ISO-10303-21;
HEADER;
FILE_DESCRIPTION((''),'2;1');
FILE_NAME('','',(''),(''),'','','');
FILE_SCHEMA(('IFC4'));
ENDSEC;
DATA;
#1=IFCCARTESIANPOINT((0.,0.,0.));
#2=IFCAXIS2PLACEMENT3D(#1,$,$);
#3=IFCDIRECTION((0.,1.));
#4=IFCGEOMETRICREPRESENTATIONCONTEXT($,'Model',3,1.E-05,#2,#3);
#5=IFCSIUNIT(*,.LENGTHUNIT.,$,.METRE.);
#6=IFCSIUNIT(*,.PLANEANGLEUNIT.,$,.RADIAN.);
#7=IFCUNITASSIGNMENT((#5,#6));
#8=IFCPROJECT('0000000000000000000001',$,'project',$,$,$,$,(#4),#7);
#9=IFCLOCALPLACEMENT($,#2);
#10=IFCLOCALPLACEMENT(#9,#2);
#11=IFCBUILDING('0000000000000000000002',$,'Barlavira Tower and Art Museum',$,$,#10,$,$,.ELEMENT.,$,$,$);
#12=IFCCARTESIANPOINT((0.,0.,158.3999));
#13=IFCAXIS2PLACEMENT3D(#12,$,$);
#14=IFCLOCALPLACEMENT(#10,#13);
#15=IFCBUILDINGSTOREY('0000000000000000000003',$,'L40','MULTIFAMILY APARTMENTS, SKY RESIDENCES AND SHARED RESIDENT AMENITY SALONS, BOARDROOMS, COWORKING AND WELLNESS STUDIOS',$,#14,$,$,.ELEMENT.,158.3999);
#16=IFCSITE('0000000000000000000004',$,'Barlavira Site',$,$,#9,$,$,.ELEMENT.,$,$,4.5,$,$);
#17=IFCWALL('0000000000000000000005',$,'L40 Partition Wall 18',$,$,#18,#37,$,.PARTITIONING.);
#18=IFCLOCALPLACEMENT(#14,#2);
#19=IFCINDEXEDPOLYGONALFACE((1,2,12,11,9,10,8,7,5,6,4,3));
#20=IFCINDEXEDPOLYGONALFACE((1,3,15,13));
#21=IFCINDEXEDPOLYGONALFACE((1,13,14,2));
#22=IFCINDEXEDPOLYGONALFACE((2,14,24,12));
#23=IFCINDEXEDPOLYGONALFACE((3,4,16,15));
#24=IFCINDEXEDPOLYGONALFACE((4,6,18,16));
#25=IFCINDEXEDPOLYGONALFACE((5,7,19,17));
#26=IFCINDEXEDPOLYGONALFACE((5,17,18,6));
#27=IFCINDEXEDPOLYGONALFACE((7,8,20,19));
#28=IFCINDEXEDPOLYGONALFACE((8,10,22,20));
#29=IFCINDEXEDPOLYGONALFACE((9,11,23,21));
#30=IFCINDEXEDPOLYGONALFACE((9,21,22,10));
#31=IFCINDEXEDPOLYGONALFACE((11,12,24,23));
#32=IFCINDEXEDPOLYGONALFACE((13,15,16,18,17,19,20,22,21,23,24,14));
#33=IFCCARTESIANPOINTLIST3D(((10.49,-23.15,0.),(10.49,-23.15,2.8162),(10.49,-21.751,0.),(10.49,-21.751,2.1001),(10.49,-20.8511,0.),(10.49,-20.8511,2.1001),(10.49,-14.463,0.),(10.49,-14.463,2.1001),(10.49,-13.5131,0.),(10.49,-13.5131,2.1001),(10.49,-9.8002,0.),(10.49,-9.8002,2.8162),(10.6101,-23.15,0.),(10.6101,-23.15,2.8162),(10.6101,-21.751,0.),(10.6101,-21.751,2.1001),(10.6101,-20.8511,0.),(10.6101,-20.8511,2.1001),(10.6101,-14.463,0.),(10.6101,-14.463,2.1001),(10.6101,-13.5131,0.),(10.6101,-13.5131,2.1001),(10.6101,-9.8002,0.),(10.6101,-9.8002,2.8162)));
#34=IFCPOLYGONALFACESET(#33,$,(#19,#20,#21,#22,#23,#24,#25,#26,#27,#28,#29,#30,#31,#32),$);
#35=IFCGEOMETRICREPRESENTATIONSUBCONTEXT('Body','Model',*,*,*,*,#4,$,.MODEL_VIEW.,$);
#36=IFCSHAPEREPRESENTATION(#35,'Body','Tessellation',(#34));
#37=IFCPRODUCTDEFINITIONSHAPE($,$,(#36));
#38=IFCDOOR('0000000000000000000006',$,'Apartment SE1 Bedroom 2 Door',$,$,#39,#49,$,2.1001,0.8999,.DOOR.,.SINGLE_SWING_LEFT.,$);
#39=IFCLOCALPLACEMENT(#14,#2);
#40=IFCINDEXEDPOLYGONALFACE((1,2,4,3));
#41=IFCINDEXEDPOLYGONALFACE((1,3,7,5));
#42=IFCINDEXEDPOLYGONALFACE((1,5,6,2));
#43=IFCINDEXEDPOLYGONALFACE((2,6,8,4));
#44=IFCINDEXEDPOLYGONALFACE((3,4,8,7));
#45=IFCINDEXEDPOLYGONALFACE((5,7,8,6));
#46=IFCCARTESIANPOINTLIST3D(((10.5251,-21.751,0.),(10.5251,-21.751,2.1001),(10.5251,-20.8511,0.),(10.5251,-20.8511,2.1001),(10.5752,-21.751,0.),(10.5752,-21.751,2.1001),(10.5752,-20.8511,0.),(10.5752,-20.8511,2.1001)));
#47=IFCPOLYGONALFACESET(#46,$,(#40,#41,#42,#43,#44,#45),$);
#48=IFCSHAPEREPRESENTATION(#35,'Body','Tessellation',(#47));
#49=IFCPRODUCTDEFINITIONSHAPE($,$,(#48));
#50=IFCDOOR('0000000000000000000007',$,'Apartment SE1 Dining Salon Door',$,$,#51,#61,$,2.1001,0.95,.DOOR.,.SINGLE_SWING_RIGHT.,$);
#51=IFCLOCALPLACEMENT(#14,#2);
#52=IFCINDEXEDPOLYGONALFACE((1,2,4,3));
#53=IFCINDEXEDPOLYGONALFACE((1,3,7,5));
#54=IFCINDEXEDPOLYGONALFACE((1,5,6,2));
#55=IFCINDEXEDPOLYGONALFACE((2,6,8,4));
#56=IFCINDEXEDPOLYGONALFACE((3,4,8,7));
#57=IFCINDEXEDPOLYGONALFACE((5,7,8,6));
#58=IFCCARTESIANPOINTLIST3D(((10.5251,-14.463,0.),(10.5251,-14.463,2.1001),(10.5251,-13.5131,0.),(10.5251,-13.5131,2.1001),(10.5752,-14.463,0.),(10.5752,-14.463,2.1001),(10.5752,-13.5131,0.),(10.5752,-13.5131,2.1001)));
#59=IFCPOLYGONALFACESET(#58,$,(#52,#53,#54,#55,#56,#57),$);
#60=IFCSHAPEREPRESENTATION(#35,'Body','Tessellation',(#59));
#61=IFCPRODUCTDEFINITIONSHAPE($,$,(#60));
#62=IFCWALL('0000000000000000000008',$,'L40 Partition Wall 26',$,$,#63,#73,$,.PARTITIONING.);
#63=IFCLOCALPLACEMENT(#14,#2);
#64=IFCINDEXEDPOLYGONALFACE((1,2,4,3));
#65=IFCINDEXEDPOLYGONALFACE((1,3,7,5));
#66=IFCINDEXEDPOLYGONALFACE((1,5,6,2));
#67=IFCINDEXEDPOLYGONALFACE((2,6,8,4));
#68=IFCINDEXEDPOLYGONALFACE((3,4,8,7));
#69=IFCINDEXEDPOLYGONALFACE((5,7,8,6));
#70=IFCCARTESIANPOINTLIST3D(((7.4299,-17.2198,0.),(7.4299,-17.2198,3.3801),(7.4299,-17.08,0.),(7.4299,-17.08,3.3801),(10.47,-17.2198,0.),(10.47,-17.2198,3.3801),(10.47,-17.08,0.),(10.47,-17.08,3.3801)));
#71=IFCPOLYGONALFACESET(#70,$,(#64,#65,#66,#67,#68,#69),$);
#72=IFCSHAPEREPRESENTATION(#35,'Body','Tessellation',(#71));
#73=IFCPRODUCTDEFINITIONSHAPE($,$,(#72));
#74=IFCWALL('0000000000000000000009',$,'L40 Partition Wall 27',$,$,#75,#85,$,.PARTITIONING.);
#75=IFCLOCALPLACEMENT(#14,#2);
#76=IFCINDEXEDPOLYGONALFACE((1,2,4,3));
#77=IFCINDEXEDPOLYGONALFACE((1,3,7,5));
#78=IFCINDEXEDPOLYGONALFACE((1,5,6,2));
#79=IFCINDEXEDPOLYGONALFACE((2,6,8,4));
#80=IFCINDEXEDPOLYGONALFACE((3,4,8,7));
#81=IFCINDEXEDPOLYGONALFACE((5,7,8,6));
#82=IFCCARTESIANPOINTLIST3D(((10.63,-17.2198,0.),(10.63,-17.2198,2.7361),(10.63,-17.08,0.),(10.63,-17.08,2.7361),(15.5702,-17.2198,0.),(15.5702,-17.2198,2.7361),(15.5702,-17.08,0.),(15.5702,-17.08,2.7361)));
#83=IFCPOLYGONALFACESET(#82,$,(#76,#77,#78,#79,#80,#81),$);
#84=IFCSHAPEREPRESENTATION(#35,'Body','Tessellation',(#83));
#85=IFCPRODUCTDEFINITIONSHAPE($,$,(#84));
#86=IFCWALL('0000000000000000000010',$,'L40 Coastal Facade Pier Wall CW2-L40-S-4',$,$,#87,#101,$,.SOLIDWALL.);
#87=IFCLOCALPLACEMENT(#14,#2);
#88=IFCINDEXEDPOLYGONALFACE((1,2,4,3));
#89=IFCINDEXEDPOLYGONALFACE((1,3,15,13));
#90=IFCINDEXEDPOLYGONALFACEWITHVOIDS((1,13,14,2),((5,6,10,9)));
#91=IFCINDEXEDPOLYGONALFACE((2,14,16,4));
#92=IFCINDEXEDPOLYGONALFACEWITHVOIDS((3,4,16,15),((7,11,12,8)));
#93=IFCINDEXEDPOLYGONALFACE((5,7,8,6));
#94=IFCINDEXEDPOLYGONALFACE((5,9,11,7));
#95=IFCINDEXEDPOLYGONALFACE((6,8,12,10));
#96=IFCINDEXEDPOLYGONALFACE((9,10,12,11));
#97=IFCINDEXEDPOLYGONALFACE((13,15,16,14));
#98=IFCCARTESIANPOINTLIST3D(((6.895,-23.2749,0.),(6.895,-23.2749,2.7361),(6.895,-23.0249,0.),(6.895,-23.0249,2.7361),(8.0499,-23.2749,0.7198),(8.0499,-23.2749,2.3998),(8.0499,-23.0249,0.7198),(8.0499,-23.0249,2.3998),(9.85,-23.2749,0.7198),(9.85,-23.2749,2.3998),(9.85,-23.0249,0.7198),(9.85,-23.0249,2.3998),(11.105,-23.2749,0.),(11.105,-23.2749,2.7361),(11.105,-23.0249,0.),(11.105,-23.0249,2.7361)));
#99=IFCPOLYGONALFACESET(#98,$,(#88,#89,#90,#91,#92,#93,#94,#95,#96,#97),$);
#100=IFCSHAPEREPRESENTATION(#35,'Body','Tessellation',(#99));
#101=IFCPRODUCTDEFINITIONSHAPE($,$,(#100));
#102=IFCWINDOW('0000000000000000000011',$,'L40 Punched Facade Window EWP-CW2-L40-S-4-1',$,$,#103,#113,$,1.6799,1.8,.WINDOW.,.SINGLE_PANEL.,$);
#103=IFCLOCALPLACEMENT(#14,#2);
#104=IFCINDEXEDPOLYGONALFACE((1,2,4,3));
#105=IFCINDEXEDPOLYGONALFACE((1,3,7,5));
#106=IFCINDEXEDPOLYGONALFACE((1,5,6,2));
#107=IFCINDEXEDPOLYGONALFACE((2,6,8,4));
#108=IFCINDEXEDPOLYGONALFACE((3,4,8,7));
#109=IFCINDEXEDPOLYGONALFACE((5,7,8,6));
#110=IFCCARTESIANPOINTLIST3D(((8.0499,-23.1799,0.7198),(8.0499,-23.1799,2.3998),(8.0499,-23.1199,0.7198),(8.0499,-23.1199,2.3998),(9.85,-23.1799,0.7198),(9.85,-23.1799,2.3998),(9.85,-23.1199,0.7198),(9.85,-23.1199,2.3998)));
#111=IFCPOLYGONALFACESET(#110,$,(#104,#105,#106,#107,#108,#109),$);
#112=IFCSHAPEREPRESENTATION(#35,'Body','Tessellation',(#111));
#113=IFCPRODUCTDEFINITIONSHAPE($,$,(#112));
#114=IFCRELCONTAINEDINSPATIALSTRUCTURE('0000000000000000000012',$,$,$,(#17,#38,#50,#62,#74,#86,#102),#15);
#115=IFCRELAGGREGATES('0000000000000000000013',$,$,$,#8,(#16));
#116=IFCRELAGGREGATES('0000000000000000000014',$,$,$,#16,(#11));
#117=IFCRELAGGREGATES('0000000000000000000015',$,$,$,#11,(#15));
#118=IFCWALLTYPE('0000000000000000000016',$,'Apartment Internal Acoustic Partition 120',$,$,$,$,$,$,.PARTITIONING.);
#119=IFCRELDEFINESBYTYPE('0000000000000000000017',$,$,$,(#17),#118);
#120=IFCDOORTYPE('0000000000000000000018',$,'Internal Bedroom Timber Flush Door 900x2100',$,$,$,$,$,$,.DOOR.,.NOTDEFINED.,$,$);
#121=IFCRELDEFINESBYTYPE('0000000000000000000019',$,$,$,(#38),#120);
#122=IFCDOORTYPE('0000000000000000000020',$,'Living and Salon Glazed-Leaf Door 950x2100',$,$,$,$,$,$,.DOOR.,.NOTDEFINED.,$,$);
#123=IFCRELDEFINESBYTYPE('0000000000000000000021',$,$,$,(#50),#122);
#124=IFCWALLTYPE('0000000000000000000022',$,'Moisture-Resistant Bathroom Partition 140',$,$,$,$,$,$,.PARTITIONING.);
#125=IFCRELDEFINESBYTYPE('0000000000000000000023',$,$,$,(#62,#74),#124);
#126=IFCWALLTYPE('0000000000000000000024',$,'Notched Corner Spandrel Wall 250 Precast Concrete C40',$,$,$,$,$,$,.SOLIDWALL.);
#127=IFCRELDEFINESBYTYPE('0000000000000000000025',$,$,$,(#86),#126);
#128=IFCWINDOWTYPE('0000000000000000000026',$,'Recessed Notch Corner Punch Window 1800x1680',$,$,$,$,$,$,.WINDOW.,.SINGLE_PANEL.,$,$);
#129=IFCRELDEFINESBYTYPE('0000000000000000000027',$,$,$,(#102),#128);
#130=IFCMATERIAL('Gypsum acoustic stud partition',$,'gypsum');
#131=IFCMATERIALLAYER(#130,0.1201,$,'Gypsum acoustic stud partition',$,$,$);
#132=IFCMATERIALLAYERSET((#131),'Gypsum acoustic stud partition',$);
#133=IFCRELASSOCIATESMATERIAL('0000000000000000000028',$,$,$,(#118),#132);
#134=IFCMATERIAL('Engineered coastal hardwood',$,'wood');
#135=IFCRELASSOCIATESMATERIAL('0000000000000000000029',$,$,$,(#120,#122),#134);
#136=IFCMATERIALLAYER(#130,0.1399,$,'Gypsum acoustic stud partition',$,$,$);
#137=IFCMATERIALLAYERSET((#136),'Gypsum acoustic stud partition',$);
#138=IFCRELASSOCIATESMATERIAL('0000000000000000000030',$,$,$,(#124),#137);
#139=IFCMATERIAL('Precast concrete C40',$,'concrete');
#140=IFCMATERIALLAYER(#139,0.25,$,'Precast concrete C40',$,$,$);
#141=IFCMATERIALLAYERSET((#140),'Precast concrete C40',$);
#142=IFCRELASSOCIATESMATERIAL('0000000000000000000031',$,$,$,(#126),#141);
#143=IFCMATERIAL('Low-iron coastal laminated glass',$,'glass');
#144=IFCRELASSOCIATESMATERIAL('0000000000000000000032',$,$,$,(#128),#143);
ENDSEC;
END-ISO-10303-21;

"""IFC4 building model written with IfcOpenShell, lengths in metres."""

from ifc_helpers import new_model, si_unit, direction, frame, frame_2d, origin, place, context, subcontext, project, spatial, rectangle, extrude, material, layer, layer_set, type_object, element, fill, save


model = new_model("IFC4")

# Units and contexts
model_context = context("Model", 3, precision=1e-05, world=origin(), true_north=direction((0.0, 1.0)))
body_context = subcontext(model_context, "Body", "Model", "MODEL_VIEW")
ifc_project = project(units=[si_unit("LENGTHUNIT", "METRE"), si_unit("PLANEANGLEUNIT", "RADIAN")], contexts=[model_context])

# Site, building, storey
site_placement = place(None, origin())
site = spatial("IfcSite", under=ifc_project, at=site_placement, Name="Barlavira Site", CompositionType="ELEMENT", RefElevation=4.5)
building_placement = place(site_placement, origin())
building = spatial("IfcBuilding", under=site, at=building_placement, Name="Barlavira Tower and Art Museum", CompositionType="ELEMENT")
storey_placement = place(building_placement, frame((0.0, 0.0, 158.3999)))
storey = spatial("IfcBuildingStorey", under=building, at=storey_placement, Name="L40", Description="MULTIFAMILY APARTMENTS, SKY RESIDENCES AND SHARED RESIDENT AMENITY SALONS, BOARDROOMS, COWORKING AND WELLNESS STUDIOS", CompositionType="ELEMENT", Elevation=158.3999)

# Wall, openings, doors
ifc_material_1 = material(Name="Gypsum acoustic stud partition", Category="gypsum")
ifc_layer_1 = layer(ifc_material_1, 0.1201, Name="Gypsum acoustic stud partition")
ifc_layer_set_1 = layer_set([ifc_layer_1], Name="Gypsum acoustic stud partition")
wall_type_1 = type_object("IfcWallType", Name="Apartment Internal Acoustic Partition 120", PredefinedType="PARTITIONING", material=ifc_layer_set_1)
ifc_material_2 = material(Name="Engineered coastal hardwood", Category="wood")
door_type_1 = type_object("IfcDoorType", Name="Internal Bedroom Timber Flush Door 900x2100", OperationType="NOTDEFINED", PredefinedType="DOOR", material=ifc_material_2)
door_type_2 = type_object("IfcDoorType", Name="Living and Salon Glazed-Leaf Door 950x2100", OperationType="NOTDEFINED", PredefinedType="DOOR", material=ifc_material_2)
wall_1_placement = place(storey_placement, frame((10.55, -23.1499, 0.0), z_axis=(0.0, 0.0, 1.0), x_axis=(0.0, 1.0, 0.0)))
wall_1 = element("IfcWall", 1, at=wall_1_placement, inside=storey, type_object=wall_type_1, Name="L40 Partition Wall 18", PredefinedType="PARTITIONING", context=body_context, shape_type="SweptSolid", body=[
    extrude(rectangle(XDim=13.3499, YDim=0.1201, at=frame_2d((6.6748, 0.0))), origin(), (0.0, 0.0, 1.0), 2.8162),
])
opening_1_placement = place(wall_1_placement, frame((8.6868, 0.0, 0.0)))
opening_1 = element("IfcOpeningElement", 2, at=opening_1_placement, cuts=wall_1, PredefinedType="OPENING", context=body_context, shape_type="SweptSolid", body=[
    extrude(rectangle(XDim=0.95, YDim=2.1001, at=frame_2d((0.4751, 1.05))), frame((0.0, 0.0701, 0.0), z_axis=(0.0, -1.0, 0.0), x_axis=(1.0, 0.0, 0.0)), (0.0, 0.0, 1.0), 0.1401),
])
opening_2_placement = place(wall_1_placement, frame((1.3989, 0.0, 0.0)))
opening_2 = element("IfcOpeningElement", 3, at=opening_2_placement, cuts=wall_1, PredefinedType="OPENING", context=body_context, shape_type="SweptSolid", body=[
    extrude(rectangle(XDim=0.8999, YDim=2.1001, at=frame_2d((0.45, 1.05))), frame((0.0, 0.0701, 0.0), z_axis=(0.0, -1.0, 0.0), x_axis=(1.0, 0.0, 0.0)), (0.0, 0.0, 1.0), 0.1401),
])
door_1_placement = place(opening_2_placement, origin())
door_1 = element("IfcDoor", 4, at=door_1_placement, inside=storey, type_object=door_type_1, Name="Apartment SE1 Bedroom 2 Door", OperationType="SINGLE_SWING_LEFT", OverallHeight=2.1001, OverallWidth=0.8999, PredefinedType="DOOR", context=body_context, shape_type="SweptSolid", body=[
    extrude(rectangle(XDim=0.8999, YDim=2.1001, at=frame_2d((0.45, 1.05))), frame((0.0, 0.0249, 0.0), z_axis=(0.0, -1.0, 0.0), x_axis=(1.0, 0.0, 0.0)), (0.0, 0.0, 1.0), 0.05),
])
fill(opening_2, door_1)
door_2_placement = place(opening_1_placement, origin())
door_2 = element("IfcDoor", 5, at=door_2_placement, inside=storey, type_object=door_type_2, Name="Apartment SE1 Dining Salon Door", OperationType="SINGLE_SWING_RIGHT", OverallHeight=2.1001, OverallWidth=0.95, PredefinedType="DOOR", context=body_context, shape_type="SweptSolid", body=[
    extrude(rectangle(XDim=0.95, YDim=2.1001, at=frame_2d((0.4751, 1.05))), frame((0.0, 0.0249, 0.0), z_axis=(0.0, -1.0, 0.0), x_axis=(1.0, 0.0, 0.0)), (0.0, 0.0, 1.0), 0.05),
])
fill(opening_1, door_2)

# Walls
ifc_layer_2 = layer(ifc_material_1, 0.1399, Name="Gypsum acoustic stud partition")
ifc_layer_set_2 = layer_set([ifc_layer_2], Name="Gypsum acoustic stud partition")
wall_type_2 = type_object("IfcWallType", Name="Moisture-Resistant Bathroom Partition 140", PredefinedType="PARTITIONING", material=ifc_layer_set_2)
wall_2_placement = place(storey_placement, frame((7.4299, -17.1499, 0.0), z_axis=(0.0, 0.0, 1.0), x_axis=(1.0, 0.0, 0.0)))
element("IfcWall", 6, at=wall_2_placement, inside=storey, type_object=wall_type_2, Name="L40 Partition Wall 26", PredefinedType="PARTITIONING", context=body_context, shape_type="SweptSolid", body=[
    extrude(rectangle(XDim=3.04, YDim=0.1399, at=frame_2d((1.52, 0.0))), origin(), (0.0, 0.0, 1.0), 3.3801),
])
wall_3_placement = place(storey_placement, frame((10.6299, -17.1499, 0.0), z_axis=(0.0, 0.0, 1.0), x_axis=(1.0, 0.0, 0.0)))
element("IfcWall", 7, at=wall_3_placement, inside=storey, type_object=wall_type_2, Name="L40 Partition Wall 27", PredefinedType="PARTITIONING", context=body_context, shape_type="SweptSolid", body=[
    extrude(rectangle(XDim=4.9402, YDim=0.1399, at=frame_2d((2.4702, 0.0))), origin(), (0.0, 0.0, 1.0), 2.7361),
])

# Wall, opening, window
ifc_material_3 = material(Name="Precast concrete C40", Category="concrete")
ifc_layer_3 = layer(ifc_material_3, 0.25, Name="Precast concrete C40")
ifc_layer_set_3 = layer_set([ifc_layer_3], Name="Precast concrete C40")
wall_type_3 = type_object("IfcWallType", Name="Notched Corner Spandrel Wall 250 Precast Concrete C40", PredefinedType="SOLIDWALL", material=ifc_layer_set_3)
wall_4_placement = place(storey_placement, frame((6.895, -23.1499, 0.0), z_axis=(0.0, 0.0, 1.0), x_axis=(1.0, 0.0, 0.0)))
wall_4 = element("IfcWall", 8, at=wall_4_placement, inside=storey, type_object=wall_type_3, Name="L40 Coastal Facade Pier Wall CW2-L40-S-4", PredefinedType="SOLIDWALL", context=body_context, shape_type="SweptSolid", body=[
    extrude(rectangle(XDim=4.21, YDim=0.25, at=frame_2d((2.105, 0.0))), origin(), (0.0, 0.0, 1.0), 2.7361),
])
opening_3_placement = place(wall_4_placement, frame((1.155, 0.0, 0.72)))
opening_3 = element("IfcOpeningElement", 9, at=opening_3_placement, cuts=wall_4, PredefinedType="OPENING", context=body_context, shape_type="SweptSolid", body=[
    extrude(rectangle(XDim=1.8, YDim=1.6799, at=frame_2d((0.8999, 0.8398))), frame((0.0, 0.135, 0.0), z_axis=(0.0, -1.0, 0.0), x_axis=(1.0, 0.0, 0.0)), (0.0, 0.0, 1.0), 0.27),
])
ifc_material_4 = material(Name="Low-iron coastal laminated glass", Category="glass")
window_type = type_object("IfcWindowType", Name="Recessed Notch Corner Punch Window 1800x1680", PartitioningType="SINGLE_PANEL", PredefinedType="WINDOW", material=ifc_material_4)
window_placement = place(opening_3_placement, origin())
window = element("IfcWindow", 10, at=window_placement, inside=storey, type_object=window_type, Name="L40 Punched Facade Window EWP-CW2-L40-S-4-1", OverallHeight=1.6799, OverallWidth=1.8, PartitioningType="SINGLE_PANEL", PredefinedType="WINDOW", context=body_context, shape_type="SweptSolid", body=[
    extrude(rectangle(XDim=1.8, YDim=1.6799, at=frame_2d((0.8999, 0.8398))), frame((0.0, 0.03, 0.0), z_axis=(0.0, -1.0, 0.0), x_axis=(1.0, 0.0, 0.0)), (0.0, 0.0, 1.0), 0.0601),
])
fill(opening_3, window)

save(model, "model.ifc")
